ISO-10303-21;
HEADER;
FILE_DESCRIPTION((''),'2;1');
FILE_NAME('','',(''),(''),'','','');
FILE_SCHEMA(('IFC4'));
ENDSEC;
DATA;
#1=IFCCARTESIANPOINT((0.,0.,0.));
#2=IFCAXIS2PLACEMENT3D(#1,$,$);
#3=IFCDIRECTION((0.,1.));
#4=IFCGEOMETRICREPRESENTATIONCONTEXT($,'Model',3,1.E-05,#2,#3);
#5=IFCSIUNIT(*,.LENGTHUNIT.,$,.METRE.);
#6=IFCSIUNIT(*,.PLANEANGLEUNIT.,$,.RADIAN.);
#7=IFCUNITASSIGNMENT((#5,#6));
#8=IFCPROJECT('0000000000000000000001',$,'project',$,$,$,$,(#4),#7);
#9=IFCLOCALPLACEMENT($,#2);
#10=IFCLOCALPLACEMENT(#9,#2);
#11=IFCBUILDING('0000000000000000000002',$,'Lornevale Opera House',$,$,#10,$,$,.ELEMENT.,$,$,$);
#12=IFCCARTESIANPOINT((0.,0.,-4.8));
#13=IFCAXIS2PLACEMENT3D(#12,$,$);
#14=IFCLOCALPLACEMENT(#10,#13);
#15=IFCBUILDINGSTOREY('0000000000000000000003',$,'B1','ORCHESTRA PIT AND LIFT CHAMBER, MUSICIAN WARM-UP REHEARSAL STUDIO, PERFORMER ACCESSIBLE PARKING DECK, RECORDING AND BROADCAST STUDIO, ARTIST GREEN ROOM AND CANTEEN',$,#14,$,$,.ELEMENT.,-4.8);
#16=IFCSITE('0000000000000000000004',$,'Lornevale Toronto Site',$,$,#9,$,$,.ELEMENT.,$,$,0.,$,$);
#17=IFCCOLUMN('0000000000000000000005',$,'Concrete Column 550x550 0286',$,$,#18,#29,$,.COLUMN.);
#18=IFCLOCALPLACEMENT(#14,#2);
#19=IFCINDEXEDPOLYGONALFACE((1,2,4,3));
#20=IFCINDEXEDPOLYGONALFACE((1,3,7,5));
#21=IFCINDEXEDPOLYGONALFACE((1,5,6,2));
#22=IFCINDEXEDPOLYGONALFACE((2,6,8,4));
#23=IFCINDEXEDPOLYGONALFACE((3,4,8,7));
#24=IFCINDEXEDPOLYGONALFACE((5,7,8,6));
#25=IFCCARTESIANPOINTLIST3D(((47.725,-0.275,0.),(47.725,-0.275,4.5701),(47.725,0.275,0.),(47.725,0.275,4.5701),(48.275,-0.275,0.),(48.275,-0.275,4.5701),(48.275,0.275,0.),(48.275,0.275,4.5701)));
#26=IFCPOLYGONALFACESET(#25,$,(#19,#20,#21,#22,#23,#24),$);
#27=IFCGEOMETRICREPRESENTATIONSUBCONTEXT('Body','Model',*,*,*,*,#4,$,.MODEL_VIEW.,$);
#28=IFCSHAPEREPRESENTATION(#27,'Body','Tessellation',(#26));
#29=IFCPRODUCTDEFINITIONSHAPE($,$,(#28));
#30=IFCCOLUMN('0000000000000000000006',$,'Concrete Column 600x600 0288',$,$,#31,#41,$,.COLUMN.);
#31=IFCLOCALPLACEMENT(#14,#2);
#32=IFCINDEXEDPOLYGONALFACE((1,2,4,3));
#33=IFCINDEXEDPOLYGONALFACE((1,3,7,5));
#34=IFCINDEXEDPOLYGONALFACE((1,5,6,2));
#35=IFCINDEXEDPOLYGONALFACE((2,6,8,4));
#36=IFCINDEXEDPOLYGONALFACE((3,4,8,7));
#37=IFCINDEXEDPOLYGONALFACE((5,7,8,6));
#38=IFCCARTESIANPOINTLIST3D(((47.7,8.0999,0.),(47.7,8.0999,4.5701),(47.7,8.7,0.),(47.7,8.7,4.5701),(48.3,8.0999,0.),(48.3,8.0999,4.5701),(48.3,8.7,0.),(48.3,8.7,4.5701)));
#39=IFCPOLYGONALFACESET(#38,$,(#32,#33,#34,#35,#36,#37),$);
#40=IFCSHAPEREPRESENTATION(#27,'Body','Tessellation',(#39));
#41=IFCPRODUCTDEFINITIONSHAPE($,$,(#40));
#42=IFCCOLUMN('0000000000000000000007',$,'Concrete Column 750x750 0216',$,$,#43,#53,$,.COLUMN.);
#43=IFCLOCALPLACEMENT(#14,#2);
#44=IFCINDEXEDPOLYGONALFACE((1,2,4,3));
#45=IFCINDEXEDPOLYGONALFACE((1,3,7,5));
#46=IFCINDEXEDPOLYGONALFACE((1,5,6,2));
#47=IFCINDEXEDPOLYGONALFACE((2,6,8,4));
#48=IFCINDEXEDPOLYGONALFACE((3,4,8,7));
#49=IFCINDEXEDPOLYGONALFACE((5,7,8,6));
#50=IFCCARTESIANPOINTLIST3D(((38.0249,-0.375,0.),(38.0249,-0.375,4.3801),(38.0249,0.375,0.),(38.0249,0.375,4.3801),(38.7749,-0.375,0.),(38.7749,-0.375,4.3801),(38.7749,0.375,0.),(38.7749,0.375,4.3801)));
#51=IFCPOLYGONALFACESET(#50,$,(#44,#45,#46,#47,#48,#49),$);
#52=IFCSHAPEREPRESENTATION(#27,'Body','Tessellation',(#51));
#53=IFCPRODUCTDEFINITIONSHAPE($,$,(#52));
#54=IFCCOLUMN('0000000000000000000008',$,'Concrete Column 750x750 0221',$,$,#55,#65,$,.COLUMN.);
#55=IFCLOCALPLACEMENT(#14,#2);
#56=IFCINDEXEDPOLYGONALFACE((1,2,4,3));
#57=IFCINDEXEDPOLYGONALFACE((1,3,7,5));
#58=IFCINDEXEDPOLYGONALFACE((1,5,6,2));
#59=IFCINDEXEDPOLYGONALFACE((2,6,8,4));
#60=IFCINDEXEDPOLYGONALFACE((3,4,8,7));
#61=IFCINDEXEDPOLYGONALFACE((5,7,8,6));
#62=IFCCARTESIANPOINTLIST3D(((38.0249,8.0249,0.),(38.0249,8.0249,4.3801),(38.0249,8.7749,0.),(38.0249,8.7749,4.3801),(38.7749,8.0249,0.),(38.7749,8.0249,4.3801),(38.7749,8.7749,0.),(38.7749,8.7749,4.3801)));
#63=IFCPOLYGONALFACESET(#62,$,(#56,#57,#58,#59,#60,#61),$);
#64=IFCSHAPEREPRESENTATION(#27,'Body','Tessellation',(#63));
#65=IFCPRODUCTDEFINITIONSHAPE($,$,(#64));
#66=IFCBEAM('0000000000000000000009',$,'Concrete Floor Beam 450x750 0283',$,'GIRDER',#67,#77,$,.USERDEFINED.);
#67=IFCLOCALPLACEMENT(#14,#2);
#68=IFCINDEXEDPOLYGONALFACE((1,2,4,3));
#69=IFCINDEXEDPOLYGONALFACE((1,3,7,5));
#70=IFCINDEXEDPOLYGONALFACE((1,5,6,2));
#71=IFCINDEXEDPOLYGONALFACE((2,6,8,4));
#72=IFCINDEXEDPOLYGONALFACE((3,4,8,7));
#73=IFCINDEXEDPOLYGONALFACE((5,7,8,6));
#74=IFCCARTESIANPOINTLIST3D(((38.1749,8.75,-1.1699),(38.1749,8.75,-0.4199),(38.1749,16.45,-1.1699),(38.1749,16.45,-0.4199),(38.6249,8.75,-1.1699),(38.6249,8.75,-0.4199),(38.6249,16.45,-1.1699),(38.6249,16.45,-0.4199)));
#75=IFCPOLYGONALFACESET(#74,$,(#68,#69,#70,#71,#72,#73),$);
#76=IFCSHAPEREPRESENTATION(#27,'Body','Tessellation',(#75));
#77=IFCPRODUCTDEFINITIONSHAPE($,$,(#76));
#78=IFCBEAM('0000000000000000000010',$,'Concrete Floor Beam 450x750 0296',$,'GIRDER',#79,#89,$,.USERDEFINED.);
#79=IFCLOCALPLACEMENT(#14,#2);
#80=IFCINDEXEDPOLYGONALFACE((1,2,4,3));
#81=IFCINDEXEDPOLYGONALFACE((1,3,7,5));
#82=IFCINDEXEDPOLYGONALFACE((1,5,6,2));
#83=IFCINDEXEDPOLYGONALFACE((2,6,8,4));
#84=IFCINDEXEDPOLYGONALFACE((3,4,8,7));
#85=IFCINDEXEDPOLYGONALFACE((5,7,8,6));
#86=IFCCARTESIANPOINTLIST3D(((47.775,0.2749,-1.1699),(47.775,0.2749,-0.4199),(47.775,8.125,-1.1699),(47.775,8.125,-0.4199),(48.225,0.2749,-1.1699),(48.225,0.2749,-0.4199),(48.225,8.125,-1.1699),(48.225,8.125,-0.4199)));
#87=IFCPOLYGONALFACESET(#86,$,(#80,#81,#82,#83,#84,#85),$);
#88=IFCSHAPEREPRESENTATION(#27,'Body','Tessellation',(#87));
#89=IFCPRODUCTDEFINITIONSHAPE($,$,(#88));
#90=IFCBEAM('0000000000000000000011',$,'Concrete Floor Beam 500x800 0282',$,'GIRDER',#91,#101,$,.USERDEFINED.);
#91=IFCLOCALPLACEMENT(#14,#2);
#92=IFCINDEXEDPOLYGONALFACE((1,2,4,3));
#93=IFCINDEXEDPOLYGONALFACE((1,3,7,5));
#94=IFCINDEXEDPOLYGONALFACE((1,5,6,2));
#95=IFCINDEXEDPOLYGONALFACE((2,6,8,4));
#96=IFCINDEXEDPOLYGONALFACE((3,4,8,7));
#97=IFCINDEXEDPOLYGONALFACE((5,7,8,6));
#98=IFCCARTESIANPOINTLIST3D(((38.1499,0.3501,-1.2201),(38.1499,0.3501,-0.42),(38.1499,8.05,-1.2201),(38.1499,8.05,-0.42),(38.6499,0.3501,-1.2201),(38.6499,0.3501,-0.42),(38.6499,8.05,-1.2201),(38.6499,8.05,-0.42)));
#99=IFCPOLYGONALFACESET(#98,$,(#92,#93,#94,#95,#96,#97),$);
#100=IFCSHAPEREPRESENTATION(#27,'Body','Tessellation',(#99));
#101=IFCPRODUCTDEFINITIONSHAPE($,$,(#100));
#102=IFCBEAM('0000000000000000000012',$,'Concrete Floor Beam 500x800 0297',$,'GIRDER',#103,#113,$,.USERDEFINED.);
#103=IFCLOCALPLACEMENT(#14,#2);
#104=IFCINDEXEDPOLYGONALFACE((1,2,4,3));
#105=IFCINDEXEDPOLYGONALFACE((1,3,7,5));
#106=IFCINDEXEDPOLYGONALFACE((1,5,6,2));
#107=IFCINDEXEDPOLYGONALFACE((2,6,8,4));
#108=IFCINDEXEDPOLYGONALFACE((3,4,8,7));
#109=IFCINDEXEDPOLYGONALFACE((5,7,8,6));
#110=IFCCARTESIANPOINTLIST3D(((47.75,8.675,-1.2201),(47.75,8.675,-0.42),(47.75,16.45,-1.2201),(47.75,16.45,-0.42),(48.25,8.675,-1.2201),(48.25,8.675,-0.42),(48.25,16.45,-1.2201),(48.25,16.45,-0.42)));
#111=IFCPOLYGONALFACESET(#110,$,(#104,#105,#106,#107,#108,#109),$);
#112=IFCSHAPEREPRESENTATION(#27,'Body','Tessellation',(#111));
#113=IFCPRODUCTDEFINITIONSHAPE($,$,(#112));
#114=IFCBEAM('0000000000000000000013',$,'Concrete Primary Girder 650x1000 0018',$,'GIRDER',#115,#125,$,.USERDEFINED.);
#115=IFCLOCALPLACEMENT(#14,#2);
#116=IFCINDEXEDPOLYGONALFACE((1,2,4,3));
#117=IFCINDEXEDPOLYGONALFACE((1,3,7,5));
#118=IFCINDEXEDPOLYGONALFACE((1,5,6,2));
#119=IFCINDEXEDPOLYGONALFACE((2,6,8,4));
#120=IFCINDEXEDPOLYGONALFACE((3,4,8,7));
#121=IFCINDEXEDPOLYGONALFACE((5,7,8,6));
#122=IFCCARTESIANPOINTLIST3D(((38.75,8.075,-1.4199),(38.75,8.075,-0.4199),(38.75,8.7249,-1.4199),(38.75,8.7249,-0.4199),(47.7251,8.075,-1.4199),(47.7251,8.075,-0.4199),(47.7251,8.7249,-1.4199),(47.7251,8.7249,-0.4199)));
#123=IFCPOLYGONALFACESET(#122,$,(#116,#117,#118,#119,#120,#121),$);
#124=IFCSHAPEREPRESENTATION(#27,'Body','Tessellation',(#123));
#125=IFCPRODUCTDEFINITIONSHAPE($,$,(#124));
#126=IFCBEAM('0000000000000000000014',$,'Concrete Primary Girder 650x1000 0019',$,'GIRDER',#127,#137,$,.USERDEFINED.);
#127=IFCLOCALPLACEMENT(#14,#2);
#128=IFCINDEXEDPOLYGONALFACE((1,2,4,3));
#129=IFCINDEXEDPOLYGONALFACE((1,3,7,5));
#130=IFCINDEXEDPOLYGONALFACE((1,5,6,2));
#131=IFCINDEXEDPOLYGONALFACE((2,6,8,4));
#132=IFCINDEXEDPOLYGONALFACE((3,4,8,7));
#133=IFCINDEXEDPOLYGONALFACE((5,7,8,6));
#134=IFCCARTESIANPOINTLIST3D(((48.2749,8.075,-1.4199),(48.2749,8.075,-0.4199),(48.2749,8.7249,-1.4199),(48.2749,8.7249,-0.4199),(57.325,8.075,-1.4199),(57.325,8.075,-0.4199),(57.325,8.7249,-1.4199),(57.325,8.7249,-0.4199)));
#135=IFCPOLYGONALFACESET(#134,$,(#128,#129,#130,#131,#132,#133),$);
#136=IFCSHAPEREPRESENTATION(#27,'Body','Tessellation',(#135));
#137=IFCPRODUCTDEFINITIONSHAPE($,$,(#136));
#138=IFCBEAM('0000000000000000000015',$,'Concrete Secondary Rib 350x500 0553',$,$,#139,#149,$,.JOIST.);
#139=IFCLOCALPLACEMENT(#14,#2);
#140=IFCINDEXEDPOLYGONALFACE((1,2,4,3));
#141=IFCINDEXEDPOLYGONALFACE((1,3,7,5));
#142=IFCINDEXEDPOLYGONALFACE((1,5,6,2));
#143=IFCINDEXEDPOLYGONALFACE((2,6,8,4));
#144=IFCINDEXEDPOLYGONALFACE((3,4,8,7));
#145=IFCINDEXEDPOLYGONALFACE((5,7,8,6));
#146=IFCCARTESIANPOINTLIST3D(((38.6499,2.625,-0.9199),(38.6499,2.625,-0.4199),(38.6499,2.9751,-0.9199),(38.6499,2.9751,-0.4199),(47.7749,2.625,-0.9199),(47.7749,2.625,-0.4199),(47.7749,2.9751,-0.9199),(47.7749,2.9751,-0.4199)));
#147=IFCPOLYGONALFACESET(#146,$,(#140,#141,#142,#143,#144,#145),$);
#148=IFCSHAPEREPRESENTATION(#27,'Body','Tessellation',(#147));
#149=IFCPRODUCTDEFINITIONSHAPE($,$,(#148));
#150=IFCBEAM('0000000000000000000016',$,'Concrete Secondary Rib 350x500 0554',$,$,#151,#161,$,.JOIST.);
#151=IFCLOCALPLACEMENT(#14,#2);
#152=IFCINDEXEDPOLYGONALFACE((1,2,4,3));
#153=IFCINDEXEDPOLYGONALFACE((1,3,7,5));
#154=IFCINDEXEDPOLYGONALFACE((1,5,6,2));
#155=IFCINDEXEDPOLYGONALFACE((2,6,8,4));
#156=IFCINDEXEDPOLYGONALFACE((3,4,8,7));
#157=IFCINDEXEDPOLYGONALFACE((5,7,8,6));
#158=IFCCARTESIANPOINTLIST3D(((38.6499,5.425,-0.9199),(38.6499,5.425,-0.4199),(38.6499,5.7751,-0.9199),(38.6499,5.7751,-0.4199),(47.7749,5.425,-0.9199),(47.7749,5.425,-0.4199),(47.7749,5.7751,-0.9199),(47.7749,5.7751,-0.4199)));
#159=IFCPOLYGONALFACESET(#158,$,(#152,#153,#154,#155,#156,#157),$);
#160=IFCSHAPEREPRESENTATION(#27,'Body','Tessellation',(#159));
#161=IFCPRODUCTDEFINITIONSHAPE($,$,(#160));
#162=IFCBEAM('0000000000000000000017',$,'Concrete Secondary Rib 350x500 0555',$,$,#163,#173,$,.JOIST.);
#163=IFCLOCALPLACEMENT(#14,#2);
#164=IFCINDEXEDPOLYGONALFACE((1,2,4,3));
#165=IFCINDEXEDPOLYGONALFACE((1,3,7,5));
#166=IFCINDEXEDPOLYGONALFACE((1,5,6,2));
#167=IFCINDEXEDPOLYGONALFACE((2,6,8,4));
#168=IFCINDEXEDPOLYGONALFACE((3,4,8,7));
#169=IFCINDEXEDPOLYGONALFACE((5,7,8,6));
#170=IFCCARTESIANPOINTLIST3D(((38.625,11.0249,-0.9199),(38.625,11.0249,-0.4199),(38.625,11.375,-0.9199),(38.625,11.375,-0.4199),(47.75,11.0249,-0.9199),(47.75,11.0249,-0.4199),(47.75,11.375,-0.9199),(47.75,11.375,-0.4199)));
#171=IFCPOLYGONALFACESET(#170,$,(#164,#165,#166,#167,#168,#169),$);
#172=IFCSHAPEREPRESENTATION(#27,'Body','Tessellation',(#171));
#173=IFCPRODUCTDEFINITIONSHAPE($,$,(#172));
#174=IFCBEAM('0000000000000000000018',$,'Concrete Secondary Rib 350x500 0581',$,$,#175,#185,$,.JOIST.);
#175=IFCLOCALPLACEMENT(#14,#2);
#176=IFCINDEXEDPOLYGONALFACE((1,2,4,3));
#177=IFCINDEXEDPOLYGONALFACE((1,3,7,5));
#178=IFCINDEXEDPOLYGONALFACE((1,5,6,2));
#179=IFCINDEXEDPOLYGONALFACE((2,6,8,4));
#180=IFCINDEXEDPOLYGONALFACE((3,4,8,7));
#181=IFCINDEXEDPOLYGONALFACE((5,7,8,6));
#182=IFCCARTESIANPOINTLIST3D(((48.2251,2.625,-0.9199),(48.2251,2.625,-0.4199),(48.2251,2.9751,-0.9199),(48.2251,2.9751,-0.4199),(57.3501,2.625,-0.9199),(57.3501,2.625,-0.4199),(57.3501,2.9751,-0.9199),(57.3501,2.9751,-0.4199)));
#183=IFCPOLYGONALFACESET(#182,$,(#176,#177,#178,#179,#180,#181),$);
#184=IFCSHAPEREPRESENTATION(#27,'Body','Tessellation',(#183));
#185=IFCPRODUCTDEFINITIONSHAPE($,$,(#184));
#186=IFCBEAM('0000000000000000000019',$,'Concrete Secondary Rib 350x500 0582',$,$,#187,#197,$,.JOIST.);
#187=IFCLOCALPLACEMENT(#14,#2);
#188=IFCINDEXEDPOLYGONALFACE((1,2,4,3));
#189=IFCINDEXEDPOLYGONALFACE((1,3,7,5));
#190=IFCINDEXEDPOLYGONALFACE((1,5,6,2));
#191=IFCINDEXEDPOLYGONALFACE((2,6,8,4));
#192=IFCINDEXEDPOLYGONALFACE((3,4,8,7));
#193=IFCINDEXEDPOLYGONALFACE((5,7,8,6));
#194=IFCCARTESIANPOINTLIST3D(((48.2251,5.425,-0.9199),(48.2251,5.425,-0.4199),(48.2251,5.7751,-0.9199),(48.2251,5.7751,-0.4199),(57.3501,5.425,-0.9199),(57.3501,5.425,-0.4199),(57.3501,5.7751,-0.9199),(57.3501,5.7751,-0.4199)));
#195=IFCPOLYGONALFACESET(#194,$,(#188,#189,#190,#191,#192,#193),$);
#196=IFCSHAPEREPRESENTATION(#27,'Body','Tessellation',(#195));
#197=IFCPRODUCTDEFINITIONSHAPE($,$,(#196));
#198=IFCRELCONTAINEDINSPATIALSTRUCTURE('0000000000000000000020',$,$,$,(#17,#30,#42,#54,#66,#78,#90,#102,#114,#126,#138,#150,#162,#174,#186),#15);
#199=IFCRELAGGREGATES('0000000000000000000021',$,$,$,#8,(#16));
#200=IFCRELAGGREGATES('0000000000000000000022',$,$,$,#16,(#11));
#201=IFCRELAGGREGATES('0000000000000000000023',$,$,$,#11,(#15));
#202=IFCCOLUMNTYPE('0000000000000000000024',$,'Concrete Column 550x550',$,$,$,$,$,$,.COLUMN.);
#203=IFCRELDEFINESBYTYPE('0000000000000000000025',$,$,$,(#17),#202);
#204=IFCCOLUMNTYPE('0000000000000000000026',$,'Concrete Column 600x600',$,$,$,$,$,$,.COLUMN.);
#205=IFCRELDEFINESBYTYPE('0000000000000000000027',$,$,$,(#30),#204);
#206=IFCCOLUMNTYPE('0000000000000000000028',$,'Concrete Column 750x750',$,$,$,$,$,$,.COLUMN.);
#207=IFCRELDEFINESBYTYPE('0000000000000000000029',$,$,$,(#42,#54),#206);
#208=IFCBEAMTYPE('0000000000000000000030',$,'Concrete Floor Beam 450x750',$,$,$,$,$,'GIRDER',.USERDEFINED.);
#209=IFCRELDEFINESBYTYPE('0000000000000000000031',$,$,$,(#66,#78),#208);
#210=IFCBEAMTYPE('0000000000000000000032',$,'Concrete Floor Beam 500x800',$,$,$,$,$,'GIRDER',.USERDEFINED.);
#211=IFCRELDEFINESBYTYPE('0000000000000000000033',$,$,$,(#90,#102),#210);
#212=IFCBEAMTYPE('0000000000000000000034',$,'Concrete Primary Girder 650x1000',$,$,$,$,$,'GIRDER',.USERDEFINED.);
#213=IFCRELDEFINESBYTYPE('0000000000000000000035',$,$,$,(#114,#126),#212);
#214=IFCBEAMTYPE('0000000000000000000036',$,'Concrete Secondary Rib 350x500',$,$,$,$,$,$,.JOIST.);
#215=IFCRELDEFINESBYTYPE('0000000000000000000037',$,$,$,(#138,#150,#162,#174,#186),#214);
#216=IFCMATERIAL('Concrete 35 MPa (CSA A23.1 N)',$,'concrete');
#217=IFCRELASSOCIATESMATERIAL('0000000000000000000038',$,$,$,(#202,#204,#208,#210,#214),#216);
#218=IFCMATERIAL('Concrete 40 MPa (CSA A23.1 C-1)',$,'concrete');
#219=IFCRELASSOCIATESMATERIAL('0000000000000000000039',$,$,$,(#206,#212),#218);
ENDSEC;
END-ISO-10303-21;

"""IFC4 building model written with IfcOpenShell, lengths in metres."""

from ifc_helpers import new_model, si_unit, direction, frame, origin, origin_2d, place, context, subcontext, project, spatial, rectangle, extrude, material, material_profile, profile_set, type_object, element, save


model = new_model("IFC4")

# Units and contexts
model_context = context("Model", 3, precision=1e-05, world=origin(), true_north=direction((0.0, 1.0)))
body_context = subcontext(model_context, "Body", "Model", "MODEL_VIEW")
ifc_project = project(units=[si_unit("LENGTHUNIT", "METRE"), si_unit("PLANEANGLEUNIT", "RADIAN")], contexts=[model_context])

# Site, building, storey
site_placement = place(None, origin())
site = spatial("IfcSite", under=ifc_project, at=site_placement, Name="Lornevale Toronto Site", CompositionType="ELEMENT", RefElevation=0.0)
building_placement = place(site_placement, origin())
building = spatial("IfcBuilding", under=site, at=building_placement, Name="Lornevale Opera House", CompositionType="ELEMENT")
storey_placement = place(building_placement, frame((0.0, 0.0, -4.8)))
storey = spatial("IfcBuildingStorey", under=building, at=storey_placement, Name="B1", Description="ORCHESTRA PIT AND LIFT CHAMBER, MUSICIAN WARM-UP REHEARSAL STUDIO, PERFORMER ACCESSIBLE PARKING DECK, RECORDING AND BROADCAST STUDIO, ARTIST GREEN ROOM AND CANTEEN", CompositionType="ELEMENT", Elevation=-4.8)

# Columns
ifc_material_1 = material(Name="Concrete 35 MPa (CSA A23.1 N)", Category="concrete")
ifc_material_profile_1 = material_profile(ifc_material_1, rectangle(XDim=0.55, YDim=0.55, at=origin_2d()), Name="RC550x550")
ifc_profile_set_1 = profile_set([ifc_material_profile_1], Name="Concrete 35 MPa (CSA A23.1 N)")
column_type_1 = type_object("IfcColumnType", Name="Concrete Column 550x550", PredefinedType="COLUMN", material=ifc_profile_set_1)
column_1_placement = place(storey_placement, frame((48.0, 0.0, 0.0), z_axis=(0.0, 0.0, 1.0), x_axis=(1.0, 0.0, 0.0)))
element("IfcColumn", 1, at=column_1_placement, inside=storey, type_object=column_type_1, Name="Concrete Column 550x550 0286", PredefinedType="COLUMN", context=body_context, shape_type="SweptSolid", body=[
    extrude(rectangle(XDim=0.55, YDim=0.55, at=origin_2d()), origin(), (0.0, 0.0, 1.0), 4.5701),
])
ifc_material_profile_2 = material_profile(ifc_material_1, rectangle(XDim=0.6001, YDim=0.6001, at=origin_2d()), Name="RC600x600")
ifc_profile_set_2 = profile_set([ifc_material_profile_2], Name="Concrete 35 MPa (CSA A23.1 N)")
column_type_2 = type_object("IfcColumnType", Name="Concrete Column 600x600", PredefinedType="COLUMN", material=ifc_profile_set_2)
column_2_placement = place(storey_placement, frame((48.0, 8.3999, 0.0), z_axis=(0.0, 0.0, 1.0), x_axis=(1.0, 0.0, 0.0)))
element("IfcColumn", 2, at=column_2_placement, inside=storey, type_object=column_type_2, Name="Concrete Column 600x600 0288", PredefinedType="COLUMN", context=body_context, shape_type="SweptSolid", body=[
    extrude(rectangle(XDim=0.6001, YDim=0.6001, at=origin_2d()), origin(), (0.0, 0.0, 1.0), 4.5701),
])
ifc_material_2 = material(Name="Concrete 40 MPa (CSA A23.1 C-1)", Category="concrete")
ifc_material_profile_3 = material_profile(ifc_material_2, rectangle(XDim=0.75, YDim=0.75, at=origin_2d()), Name="RC750x750")
ifc_profile_set_3 = profile_set([ifc_material_profile_3], Name="Concrete 40 MPa (CSA A23.1 C-1)")
column_type_3 = type_object("IfcColumnType", Name="Concrete Column 750x750", PredefinedType="COLUMN", material=ifc_profile_set_3)
for number, where, z_axis, x_axis, name in (
    (3, (38.3999, 0.0, 0.0), (0.0, 0.0, 1.0), (1.0, 0.0, 0.0), "Concrete Column 750x750 0216"),
    (4, (38.3999, 8.3999, 0.0), (0.0, 0.0, 1.0), (1.0, 0.0, 0.0), "Concrete Column 750x750 0221"),
):
    element("IfcColumn", number, at=place(storey_placement, frame(where, z_axis=z_axis, x_axis=x_axis)), inside=storey, type_object=column_type_3, Name=name, PredefinedType="COLUMN", context=body_context, shape_type="SweptSolid", body=[
        extrude(rectangle(XDim=0.75, YDim=0.75, at=origin_2d()), origin(), (0.0, 0.0, 1.0), 4.3801),
    ])

# Beams
ifc_material_profile_4 = material_profile(ifc_material_1, rectangle(XDim=0.45, YDim=0.75, at=origin_2d()), Name="RC450x750")
ifc_profile_set_4 = profile_set([ifc_material_profile_4], Name="Concrete 35 MPa (CSA A23.1 N)")
beam_type_1 = type_object("IfcBeamType", Name="Concrete Floor Beam 450x750", ElementType="GIRDER", PredefinedType="USERDEFINED", material=ifc_profile_set_4)
beam_1_placement = place(storey_placement, frame((38.3999, 8.75, -0.7949), z_axis=(0.0, 1.0, 0.0), x_axis=(-1.0, 0.0, 0.0)))
element("IfcBeam", 5, at=beam_1_placement, inside=storey, type_object=beam_type_1, Name="Concrete Floor Beam 450x750 0283", ObjectType="GIRDER", PredefinedType="USERDEFINED", context=body_context, shape_type="SweptSolid", body=[
    extrude(rectangle(XDim=0.45, YDim=0.75, at=origin_2d()), origin(), (0.0, 0.0, 1.0), 7.7),
])
beam_2_placement = place(storey_placement, frame((48.0, 0.2749, -0.7949), z_axis=(0.0, 1.0, 0.0), x_axis=(-1.0, 0.0, 0.0)))
element("IfcBeam", 6, at=beam_2_placement, inside=storey, type_object=beam_type_1, Name="Concrete Floor Beam 450x750 0296", ObjectType="GIRDER", PredefinedType="USERDEFINED", context=body_context, shape_type="SweptSolid", body=[
    extrude(rectangle(XDim=0.45, YDim=0.75, at=origin_2d()), origin(), (0.0, 0.0, 1.0), 7.8501),
])
ifc_material_profile_5 = material_profile(ifc_material_1, rectangle(XDim=0.5, YDim=0.8, at=origin_2d()), Name="RC500x800")
ifc_profile_set_5 = profile_set([ifc_material_profile_5], Name="Concrete 35 MPa (CSA A23.1 N)")
beam_type_2 = type_object("IfcBeamType", Name="Concrete Floor Beam 500x800", ElementType="GIRDER", PredefinedType="USERDEFINED", material=ifc_profile_set_5)
beam_3_placement = place(storey_placement, frame((38.3999, 0.3501, -0.8201), z_axis=(0.0, 1.0, 0.0), x_axis=(-1.0, 0.0, 0.0)))
element("IfcBeam", 7, at=beam_3_placement, inside=storey, type_object=beam_type_2, Name="Concrete Floor Beam 500x800 0282", ObjectType="GIRDER", PredefinedType="USERDEFINED", context=body_context, shape_type="SweptSolid", body=[
    extrude(rectangle(XDim=0.5, YDim=0.8, at=origin_2d()), origin(), (0.0, 0.0, 1.0), 7.7),
])
beam_4_placement = place(storey_placement, frame((48.0, 8.675, -0.8201), z_axis=(0.0, 1.0, 0.0), x_axis=(-1.0, 0.0, 0.0)))
element("IfcBeam", 8, at=beam_4_placement, inside=storey, type_object=beam_type_2, Name="Concrete Floor Beam 500x800 0297", ObjectType="GIRDER", PredefinedType="USERDEFINED", context=body_context, shape_type="SweptSolid", body=[
    extrude(rectangle(XDim=0.5, YDim=0.8, at=origin_2d()), origin(), (0.0, 0.0, 1.0), 7.7749),
])
ifc_material_profile_6 = material_profile(ifc_material_2, rectangle(XDim=0.6499, YDim=1.0, at=origin_2d()), Name="RC650x1000")
ifc_profile_set_6 = profile_set([ifc_material_profile_6], Name="Concrete 40 MPa (CSA A23.1 C-1)")
beam_type_3 = type_object("IfcBeamType", Name="Concrete Primary Girder 650x1000", ElementType="GIRDER", PredefinedType="USERDEFINED", material=ifc_profile_set_6)
beam_5_placement = place(storey_placement, frame((38.75, 8.3999, -0.9199), z_axis=(1.0, 0.0, 0.0), x_axis=(0.0, 1.0, 0.0)))
element("IfcBeam", 9, at=beam_5_placement, inside=storey, type_object=beam_type_3, Name="Concrete Primary Girder 650x1000 0018", ObjectType="GIRDER", PredefinedType="USERDEFINED", context=body_context, shape_type="SweptSolid", body=[
    extrude(rectangle(XDim=0.6499, YDim=1.0, at=origin_2d()), origin(), (0.0, 0.0, 1.0), 8.9751),
])
beam_6_placement = place(storey_placement, frame((48.2749, 8.3999, -0.9199), z_axis=(1.0, 0.0, 0.0), x_axis=(0.0, 1.0, 0.0)))
element("IfcBeam", 10, at=beam_6_placement, inside=storey, type_object=beam_type_3, Name="Concrete Primary Girder 650x1000 0019", ObjectType="GIRDER", PredefinedType="USERDEFINED", context=body_context, shape_type="SweptSolid", body=[
    extrude(rectangle(XDim=0.6499, YDim=1.0, at=origin_2d()), origin(), (0.0, 0.0, 1.0), 9.05),
])
ifc_material_profile_7 = material_profile(ifc_material_1, rectangle(XDim=0.3501, YDim=0.5, at=origin_2d()), Name="RC350x500")
ifc_profile_set_7 = profile_set([ifc_material_profile_7], Name="Concrete 35 MPa (CSA A23.1 N)")
beam_type_4 = type_object("IfcBeamType", Name="Concrete Secondary Rib 350x500", PredefinedType="JOIST", material=ifc_profile_set_7)
for number, where, z_axis, x_axis, name in (
    (11, (38.6499, 2.8, -0.6699), (1.0, 0.0, 0.0), (0.0, 1.0, 0.0), "Concrete Secondary Rib 350x500 0553"),
    (12, (38.6499, 5.6001, -0.6699), (1.0, 0.0, 0.0), (0.0, 1.0, 0.0), "Concrete Secondary Rib 350x500 0554"),
    (13, (38.625, 11.2, -0.6699), (1.0, 0.0, 0.0), (0.0, 1.0, 0.0), "Concrete Secondary Rib 350x500 0555"),
    (14, (48.2251, 2.8, -0.6699), (1.0, 0.0, 0.0), (0.0, 1.0, 0.0), "Concrete Secondary Rib 350x500 0581"),
    (15, (48.2251, 5.6001, -0.6699), (1.0, 0.0, 0.0), (0.0, 1.0, 0.0), "Concrete Secondary Rib 350x500 0582"),
):
    element("IfcBeam", number, at=place(storey_placement, frame(where, z_axis=z_axis, x_axis=x_axis)), inside=storey, type_object=beam_type_4, Name=name, PredefinedType="JOIST", context=body_context, shape_type="SweptSolid", body=[
        extrude(rectangle(XDim=0.3501, YDim=0.5, at=origin_2d()), origin(), (0.0, 0.0, 1.0), 9.125),
    ])

save(model, "model.ifc")
